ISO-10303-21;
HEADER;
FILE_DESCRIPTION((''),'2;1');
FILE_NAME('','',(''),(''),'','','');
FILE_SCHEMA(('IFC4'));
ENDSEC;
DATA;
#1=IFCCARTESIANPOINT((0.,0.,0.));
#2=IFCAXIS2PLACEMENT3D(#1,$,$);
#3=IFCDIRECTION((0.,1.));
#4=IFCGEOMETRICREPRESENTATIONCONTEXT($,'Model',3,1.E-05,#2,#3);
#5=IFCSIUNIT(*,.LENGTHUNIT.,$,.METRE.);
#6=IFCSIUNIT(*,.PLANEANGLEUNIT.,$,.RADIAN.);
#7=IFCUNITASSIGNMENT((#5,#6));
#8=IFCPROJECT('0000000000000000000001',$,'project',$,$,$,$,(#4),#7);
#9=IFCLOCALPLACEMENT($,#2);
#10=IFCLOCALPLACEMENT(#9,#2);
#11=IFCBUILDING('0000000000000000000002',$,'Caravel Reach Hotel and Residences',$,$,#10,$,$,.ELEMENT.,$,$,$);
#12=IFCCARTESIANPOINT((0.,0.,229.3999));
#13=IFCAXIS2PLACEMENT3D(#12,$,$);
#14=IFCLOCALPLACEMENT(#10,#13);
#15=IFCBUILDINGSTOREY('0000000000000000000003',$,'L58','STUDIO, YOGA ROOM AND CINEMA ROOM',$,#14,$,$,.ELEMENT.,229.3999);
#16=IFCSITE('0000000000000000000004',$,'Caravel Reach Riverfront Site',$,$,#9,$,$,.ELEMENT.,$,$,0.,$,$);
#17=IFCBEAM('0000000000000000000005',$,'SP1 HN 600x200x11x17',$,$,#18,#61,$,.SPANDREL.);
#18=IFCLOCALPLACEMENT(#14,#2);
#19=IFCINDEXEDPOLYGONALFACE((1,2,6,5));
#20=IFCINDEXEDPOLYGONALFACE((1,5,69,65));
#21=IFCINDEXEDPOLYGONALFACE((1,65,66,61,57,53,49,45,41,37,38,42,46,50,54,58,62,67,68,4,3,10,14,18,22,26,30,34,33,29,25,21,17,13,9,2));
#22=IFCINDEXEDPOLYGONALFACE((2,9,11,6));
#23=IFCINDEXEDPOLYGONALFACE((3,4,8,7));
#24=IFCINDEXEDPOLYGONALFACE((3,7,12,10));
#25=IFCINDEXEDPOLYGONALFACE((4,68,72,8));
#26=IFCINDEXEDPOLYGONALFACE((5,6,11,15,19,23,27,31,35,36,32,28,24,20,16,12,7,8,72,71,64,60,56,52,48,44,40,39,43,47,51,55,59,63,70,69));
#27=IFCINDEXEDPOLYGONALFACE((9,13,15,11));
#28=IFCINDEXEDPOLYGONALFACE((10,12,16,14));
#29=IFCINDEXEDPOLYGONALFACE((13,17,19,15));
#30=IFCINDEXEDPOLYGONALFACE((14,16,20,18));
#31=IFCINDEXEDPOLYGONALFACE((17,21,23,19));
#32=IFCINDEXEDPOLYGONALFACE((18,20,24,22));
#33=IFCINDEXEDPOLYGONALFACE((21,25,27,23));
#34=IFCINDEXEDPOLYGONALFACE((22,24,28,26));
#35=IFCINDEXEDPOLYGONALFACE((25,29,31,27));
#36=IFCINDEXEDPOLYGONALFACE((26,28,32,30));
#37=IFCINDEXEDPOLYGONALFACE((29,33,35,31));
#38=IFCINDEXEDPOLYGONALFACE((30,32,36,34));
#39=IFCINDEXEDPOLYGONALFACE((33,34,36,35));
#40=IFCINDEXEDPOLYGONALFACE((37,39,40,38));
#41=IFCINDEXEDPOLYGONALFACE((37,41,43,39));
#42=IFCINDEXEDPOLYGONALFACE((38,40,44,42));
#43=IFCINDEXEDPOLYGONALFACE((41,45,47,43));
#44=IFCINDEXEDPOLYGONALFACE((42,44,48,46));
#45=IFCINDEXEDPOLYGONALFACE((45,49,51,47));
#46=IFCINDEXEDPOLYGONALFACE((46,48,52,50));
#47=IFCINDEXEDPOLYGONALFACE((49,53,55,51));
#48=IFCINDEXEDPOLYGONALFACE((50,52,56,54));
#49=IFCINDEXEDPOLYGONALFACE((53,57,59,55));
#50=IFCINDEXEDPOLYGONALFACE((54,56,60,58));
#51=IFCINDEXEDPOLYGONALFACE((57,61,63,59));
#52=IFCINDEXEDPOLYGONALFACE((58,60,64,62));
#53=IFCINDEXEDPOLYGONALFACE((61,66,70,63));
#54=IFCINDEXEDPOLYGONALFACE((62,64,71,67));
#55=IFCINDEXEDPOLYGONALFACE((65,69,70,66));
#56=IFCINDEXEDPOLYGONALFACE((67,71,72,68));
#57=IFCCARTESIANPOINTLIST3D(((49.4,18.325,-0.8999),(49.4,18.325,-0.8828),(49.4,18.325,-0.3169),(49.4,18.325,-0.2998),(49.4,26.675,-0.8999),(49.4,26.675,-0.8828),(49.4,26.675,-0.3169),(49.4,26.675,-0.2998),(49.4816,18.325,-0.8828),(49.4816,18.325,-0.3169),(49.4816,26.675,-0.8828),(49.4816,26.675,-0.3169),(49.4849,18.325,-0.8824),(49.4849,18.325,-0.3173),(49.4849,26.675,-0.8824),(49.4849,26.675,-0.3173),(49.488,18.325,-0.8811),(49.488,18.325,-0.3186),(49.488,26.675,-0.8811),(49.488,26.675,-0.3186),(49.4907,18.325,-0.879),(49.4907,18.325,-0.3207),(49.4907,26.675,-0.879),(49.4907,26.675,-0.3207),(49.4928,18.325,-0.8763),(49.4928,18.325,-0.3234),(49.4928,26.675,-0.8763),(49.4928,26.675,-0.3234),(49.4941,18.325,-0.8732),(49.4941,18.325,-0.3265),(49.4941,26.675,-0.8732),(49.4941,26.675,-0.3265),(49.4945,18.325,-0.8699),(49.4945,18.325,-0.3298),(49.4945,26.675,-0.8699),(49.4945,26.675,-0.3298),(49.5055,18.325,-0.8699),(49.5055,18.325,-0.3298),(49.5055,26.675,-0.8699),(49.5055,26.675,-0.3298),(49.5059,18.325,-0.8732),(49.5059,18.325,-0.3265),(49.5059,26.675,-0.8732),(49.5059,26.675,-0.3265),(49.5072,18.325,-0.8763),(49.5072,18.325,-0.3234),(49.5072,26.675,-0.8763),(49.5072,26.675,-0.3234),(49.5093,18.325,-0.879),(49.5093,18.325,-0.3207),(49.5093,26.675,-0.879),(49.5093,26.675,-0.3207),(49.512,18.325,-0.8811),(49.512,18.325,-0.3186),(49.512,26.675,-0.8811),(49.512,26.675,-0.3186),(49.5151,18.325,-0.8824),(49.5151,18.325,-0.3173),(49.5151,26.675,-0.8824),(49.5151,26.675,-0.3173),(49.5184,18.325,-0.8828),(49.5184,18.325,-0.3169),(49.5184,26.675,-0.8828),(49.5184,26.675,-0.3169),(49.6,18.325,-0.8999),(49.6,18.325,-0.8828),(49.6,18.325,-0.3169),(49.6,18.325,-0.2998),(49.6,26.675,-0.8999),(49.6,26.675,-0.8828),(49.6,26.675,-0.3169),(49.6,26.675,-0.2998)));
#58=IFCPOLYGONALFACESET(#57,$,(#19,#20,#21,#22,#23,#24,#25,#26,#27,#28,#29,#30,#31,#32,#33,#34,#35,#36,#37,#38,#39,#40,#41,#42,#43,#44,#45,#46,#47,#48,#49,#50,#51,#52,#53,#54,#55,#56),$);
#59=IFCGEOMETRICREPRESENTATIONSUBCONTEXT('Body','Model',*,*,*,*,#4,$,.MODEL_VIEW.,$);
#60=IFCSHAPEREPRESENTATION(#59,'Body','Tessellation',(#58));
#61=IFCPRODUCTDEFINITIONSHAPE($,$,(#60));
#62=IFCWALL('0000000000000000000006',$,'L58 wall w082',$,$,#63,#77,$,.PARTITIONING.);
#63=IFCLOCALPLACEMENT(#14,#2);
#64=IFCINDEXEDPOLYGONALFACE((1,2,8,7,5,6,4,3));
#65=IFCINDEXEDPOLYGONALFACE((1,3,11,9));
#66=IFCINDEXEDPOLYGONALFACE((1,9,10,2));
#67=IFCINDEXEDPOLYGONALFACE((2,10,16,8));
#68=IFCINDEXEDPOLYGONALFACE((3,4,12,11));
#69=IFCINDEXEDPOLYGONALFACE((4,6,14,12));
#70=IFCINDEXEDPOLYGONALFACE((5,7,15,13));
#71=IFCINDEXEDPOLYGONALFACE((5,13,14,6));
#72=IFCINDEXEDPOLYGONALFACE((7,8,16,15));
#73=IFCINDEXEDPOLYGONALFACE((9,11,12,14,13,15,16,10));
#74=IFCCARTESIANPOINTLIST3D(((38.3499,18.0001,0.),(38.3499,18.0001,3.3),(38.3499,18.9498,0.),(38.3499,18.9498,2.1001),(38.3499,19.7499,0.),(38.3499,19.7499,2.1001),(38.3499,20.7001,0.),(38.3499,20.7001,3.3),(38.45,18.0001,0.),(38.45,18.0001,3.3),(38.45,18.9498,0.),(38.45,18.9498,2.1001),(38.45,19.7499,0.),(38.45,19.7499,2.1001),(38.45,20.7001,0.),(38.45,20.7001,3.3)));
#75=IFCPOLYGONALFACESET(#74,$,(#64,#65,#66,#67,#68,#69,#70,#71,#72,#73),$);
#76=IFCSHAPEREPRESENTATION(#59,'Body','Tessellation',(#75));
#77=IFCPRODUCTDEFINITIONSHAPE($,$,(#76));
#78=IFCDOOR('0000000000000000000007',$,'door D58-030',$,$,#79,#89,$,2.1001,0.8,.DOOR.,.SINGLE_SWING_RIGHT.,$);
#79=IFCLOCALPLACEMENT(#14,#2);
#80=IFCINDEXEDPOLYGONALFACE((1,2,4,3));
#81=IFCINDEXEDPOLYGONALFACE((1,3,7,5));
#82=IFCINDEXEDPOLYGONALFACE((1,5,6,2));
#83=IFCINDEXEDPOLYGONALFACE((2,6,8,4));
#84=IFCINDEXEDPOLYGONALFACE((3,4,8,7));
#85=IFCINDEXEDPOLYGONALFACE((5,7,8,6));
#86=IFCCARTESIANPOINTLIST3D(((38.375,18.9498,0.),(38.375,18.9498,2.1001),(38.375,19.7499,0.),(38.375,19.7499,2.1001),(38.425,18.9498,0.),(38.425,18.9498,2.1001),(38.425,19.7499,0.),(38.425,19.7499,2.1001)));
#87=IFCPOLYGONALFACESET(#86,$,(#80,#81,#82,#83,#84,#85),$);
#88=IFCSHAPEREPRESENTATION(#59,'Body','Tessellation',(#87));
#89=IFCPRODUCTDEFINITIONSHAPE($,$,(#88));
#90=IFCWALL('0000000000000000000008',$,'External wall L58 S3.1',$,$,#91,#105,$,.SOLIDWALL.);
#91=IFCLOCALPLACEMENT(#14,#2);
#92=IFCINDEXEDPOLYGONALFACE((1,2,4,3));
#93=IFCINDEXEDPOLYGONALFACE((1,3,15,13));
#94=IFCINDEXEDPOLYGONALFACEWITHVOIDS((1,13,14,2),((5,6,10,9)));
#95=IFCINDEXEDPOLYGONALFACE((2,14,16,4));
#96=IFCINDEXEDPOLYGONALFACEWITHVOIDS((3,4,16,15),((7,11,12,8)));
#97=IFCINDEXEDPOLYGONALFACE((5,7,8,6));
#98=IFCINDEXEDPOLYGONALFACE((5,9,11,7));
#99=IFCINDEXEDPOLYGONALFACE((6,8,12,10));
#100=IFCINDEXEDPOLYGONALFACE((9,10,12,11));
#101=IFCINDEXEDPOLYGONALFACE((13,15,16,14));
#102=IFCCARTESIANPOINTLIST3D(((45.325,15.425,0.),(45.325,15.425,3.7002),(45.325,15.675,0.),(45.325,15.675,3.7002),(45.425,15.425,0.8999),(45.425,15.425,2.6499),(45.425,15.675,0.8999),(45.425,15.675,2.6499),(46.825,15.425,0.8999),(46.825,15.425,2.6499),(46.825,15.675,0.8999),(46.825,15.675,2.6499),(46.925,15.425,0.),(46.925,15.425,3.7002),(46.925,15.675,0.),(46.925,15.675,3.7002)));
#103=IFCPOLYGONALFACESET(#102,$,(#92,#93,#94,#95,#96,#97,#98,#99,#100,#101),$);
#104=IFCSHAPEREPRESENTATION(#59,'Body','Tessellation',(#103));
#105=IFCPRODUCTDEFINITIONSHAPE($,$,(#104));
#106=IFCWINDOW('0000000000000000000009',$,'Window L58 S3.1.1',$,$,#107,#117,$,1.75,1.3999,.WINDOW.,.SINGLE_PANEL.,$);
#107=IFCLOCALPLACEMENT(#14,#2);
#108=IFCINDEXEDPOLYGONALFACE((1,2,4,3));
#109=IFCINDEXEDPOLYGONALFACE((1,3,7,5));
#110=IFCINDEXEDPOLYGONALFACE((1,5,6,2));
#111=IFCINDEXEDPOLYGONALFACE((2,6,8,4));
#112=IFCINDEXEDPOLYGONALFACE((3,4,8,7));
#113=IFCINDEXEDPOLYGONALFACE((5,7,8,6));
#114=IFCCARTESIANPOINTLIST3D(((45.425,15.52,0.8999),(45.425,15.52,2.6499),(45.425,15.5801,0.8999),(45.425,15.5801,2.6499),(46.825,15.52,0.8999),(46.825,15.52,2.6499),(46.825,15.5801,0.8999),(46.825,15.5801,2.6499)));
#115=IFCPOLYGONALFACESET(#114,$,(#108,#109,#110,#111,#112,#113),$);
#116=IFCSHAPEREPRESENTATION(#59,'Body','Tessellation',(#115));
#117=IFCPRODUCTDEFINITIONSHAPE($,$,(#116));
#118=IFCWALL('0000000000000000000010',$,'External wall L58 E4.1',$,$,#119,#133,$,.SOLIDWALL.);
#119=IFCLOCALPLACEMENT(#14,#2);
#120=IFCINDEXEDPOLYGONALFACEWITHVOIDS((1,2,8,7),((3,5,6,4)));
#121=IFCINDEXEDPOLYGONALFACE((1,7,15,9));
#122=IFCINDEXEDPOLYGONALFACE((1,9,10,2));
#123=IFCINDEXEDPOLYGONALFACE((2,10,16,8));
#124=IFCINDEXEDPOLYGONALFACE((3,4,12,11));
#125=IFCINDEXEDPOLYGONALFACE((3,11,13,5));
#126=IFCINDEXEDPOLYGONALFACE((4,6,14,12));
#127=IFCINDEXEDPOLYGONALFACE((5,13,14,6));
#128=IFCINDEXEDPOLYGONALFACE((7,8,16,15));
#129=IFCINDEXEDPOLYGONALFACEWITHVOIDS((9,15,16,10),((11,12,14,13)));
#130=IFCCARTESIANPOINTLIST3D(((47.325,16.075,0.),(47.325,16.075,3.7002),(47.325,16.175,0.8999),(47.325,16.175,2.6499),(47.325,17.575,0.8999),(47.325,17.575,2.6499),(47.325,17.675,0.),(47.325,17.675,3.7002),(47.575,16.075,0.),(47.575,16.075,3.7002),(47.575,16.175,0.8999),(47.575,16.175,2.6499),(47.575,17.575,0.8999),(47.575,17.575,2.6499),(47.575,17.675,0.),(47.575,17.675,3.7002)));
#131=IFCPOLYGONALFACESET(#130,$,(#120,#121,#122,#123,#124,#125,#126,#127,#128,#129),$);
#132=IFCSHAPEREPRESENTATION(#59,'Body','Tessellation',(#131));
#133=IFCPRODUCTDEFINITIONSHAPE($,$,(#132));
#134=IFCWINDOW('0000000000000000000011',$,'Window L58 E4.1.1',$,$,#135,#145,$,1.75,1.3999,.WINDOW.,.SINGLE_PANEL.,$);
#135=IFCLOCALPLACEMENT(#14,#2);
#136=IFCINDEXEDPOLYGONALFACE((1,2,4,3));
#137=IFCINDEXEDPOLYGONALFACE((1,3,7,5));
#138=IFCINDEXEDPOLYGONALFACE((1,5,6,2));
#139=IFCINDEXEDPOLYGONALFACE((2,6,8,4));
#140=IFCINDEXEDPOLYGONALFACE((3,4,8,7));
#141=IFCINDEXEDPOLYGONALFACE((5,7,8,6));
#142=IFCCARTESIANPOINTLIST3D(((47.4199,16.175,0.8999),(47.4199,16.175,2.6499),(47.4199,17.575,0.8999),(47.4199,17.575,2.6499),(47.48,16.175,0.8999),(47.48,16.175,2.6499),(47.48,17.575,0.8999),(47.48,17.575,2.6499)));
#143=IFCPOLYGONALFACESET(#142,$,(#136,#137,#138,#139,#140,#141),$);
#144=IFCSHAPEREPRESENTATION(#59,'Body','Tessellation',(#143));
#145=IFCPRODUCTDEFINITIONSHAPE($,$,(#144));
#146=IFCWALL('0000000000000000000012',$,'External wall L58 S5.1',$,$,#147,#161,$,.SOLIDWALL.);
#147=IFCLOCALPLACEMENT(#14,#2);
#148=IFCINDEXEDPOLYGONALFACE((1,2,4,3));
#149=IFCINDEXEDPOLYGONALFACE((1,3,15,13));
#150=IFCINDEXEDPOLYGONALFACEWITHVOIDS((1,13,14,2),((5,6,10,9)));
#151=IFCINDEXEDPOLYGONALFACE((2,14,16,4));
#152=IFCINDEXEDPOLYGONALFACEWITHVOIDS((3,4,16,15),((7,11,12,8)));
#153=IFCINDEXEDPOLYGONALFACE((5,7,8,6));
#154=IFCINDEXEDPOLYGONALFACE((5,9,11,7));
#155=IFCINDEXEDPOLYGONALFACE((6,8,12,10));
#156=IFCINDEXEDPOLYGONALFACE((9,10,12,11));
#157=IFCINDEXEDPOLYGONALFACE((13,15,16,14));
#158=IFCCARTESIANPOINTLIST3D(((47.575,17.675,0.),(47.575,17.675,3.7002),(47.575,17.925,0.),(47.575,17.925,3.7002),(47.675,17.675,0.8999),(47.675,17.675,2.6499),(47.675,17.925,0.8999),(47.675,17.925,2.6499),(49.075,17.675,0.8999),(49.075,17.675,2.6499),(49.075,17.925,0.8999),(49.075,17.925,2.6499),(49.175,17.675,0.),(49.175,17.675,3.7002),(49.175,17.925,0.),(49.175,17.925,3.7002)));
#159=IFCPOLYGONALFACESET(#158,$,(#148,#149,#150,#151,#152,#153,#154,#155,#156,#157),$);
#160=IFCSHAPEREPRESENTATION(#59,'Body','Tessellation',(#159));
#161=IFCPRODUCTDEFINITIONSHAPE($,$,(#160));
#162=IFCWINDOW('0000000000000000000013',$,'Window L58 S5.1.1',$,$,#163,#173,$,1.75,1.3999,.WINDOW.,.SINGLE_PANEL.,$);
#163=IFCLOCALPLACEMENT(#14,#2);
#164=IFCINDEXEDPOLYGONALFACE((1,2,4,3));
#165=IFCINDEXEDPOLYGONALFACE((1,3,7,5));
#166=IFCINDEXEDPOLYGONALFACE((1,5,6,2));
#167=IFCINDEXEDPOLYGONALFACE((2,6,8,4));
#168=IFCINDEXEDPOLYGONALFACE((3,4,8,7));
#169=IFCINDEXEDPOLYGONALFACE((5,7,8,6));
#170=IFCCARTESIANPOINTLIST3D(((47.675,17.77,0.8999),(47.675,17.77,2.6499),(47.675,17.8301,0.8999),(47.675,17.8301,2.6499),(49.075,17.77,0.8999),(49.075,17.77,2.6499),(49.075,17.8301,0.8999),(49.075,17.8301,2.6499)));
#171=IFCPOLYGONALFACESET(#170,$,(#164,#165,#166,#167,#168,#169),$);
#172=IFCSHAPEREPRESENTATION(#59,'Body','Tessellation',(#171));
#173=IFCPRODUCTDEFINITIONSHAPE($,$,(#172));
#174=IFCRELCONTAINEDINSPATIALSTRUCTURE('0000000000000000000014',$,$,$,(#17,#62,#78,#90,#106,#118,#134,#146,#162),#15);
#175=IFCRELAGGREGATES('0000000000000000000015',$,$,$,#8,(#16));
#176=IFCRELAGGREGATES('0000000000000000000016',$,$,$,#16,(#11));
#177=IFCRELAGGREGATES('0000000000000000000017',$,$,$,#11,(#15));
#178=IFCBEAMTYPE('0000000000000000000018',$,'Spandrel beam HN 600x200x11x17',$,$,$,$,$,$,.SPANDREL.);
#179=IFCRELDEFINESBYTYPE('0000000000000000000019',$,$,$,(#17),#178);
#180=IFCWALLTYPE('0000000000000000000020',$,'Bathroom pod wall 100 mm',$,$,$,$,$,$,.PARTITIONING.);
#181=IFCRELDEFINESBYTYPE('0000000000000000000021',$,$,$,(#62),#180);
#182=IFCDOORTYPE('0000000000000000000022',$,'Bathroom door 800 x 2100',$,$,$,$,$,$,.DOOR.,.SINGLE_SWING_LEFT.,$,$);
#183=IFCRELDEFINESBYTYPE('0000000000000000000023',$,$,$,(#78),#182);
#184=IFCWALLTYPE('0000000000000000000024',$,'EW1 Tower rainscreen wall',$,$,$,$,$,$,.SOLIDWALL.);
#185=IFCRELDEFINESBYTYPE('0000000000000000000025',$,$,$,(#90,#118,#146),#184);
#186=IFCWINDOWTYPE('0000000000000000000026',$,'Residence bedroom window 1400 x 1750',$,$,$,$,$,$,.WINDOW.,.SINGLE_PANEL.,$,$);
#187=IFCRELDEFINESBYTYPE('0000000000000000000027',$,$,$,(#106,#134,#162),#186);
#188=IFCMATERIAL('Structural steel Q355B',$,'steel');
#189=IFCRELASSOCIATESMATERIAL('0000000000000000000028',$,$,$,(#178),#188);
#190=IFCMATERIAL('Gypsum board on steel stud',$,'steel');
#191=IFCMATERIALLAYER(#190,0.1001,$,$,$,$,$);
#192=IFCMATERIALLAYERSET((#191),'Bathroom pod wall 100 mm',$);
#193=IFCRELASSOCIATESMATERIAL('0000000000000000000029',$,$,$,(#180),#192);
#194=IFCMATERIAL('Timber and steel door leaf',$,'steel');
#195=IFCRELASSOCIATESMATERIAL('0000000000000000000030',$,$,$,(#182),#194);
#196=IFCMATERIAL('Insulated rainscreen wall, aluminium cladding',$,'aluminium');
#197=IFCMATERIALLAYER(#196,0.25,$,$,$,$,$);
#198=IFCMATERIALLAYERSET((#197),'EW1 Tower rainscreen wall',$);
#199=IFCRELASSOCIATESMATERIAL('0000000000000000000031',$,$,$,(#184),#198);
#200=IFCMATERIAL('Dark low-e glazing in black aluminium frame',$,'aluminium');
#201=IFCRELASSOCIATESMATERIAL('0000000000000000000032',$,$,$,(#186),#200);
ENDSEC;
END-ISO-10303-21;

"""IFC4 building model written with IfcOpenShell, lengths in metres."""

from ifc_helpers import new_model, si_unit, direction, frame, frame_2d, origin, origin_2d, place, context, subcontext, project, spatial, rectangle, i_section, extrude, material, layer, layer_set, material_profile, profile_set, type_object, element, fill, save


model = new_model("IFC4")

# Units and contexts
model_context = context("Model", 3, precision=1e-05, world=origin(), true_north=direction((0.0, 1.0)))
body_context = subcontext(model_context, "Body", "Model", "MODEL_VIEW")
ifc_project = project(units=[si_unit("LENGTHUNIT", "METRE"), si_unit("PLANEANGLEUNIT", "RADIAN")], contexts=[model_context])

# Site, building, storey
site_placement = place(None, origin())
site = spatial("IfcSite", under=ifc_project, at=site_placement, Name="Caravel Reach Riverfront Site", CompositionType="ELEMENT", RefElevation=0.0)
building_placement = place(site_placement, origin())
building = spatial("IfcBuilding", under=site, at=building_placement, Name="Caravel Reach Hotel and Residences", CompositionType="ELEMENT")
storey_placement = place(building_placement, frame((0.0, 0.0, 229.3999)))
storey = spatial("IfcBuildingStorey", under=building, at=storey_placement, Name="L58", Description="STUDIO, YOGA ROOM AND CINEMA ROOM", CompositionType="ELEMENT", Elevation=229.3999)

# Beam
ifc_material_1 = material(Name="Structural steel Q355B", Category="steel")
ifc_material_profile_1 = material_profile(ifc_material_1, i_section(OverallWidth=0.2, OverallDepth=0.6001, WebThickness=0.011, FlangeThickness=0.0171, FilletRadius=0.0129, at=origin_2d()), Name="HN 600x200x11x17")
ifc_profile_set_1 = profile_set([ifc_material_profile_1], Name="Structural steel Q355B")
beam_type = type_object("IfcBeamType", Name="Spandrel beam HN 600x200x11x17", PredefinedType="SPANDREL", material=ifc_profile_set_1)
beam_placement = place(storey_placement, frame((49.5, 18.325, -0.5999), z_axis=(0.0, 1.0, 0.0), x_axis=(-1.0, 0.0, 0.0)))
element("IfcBeam", 1, at=beam_placement, inside=storey, type_object=beam_type, Name="SP1 HN 600x200x11x17", PredefinedType="SPANDREL", context=body_context, shape_type="SweptSolid", body=[
    extrude(i_section(OverallWidth=0.2, OverallDepth=0.6001, WebThickness=0.011, FlangeThickness=0.0171, FilletRadius=0.0129, at=origin_2d()), origin(), (0.0, 0.0, 1.0), 8.3501),
])

# Wall, opening, door
ifc_material_2 = material(Name="Gypsum board on steel stud", Category="steel")
ifc_layer_1 = layer(ifc_material_2, 0.1001)
ifc_layer_set_1 = layer_set([ifc_layer_1], Name="Bathroom pod wall 100 mm")
wall_type_1 = type_object("IfcWallType", Name="Bathroom pod wall 100 mm", PredefinedType="PARTITIONING", material=ifc_layer_set_1)
wall_1_placement = place(storey_placement, frame((38.3999, 18.0, 0.0), z_axis=(0.0, 0.0, 1.0), x_axis=(0.0, 1.0, 0.0)))
wall_1 = element("IfcWall", 2, at=wall_1_placement, inside=storey, type_object=wall_type_1, Name="L58 wall w082", PredefinedType="PARTITIONING", context=body_context, shape_type="SweptSolid", body=[
    extrude(rectangle(XDim=2.7, YDim=0.1001, at=frame_2d((1.3501, 0.0))), origin(), (0.0, 0.0, 1.0), 3.3),
])
opening_1_placement = place(wall_1_placement, frame((0.95, 0.0, 0.0)))
opening_1 = element("IfcOpeningElement", 3, at=opening_1_placement, cuts=wall_1, PredefinedType="OPENING", context=body_context, shape_type="SweptSolid", body=[
    extrude(rectangle(XDim=0.8, YDim=2.1001, at=frame_2d((0.3999, 1.05))), frame((0.0, 0.0601, 0.0), z_axis=(0.0, -1.0, 0.0), x_axis=(1.0, 0.0, 0.0)), (0.0, 0.0, 1.0), 0.1201),
])
ifc_material_3 = material(Name="Timber and steel door leaf", Category="steel")
door_type_1 = type_object("IfcDoorType", Name="Bathroom door 800 x 2100", OperationType="SINGLE_SWING_LEFT", PredefinedType="DOOR", material=ifc_material_3)
door_1_placement = place(opening_1_placement, origin())
door_1 = element("IfcDoor", 4, at=door_1_placement, inside=storey, type_object=door_type_1, Name="door D58-030", OperationType="SINGLE_SWING_RIGHT", OverallHeight=2.1001, OverallWidth=0.8, PredefinedType="DOOR", context=body_context, shape_type="SweptSolid", body=[
    extrude(rectangle(XDim=0.8, YDim=2.1001, at=frame_2d((0.3999, 1.05))), frame((0.0, 0.0249, 0.0), z_axis=(0.0, -1.0, 0.0), x_axis=(1.0, 0.0, 0.0)), (0.0, 0.0, 1.0), 0.05),
])
fill(opening_1, door_1)

# Walls, openings, windows
ifc_material_4 = material(Name="Insulated rainscreen wall, aluminium cladding", Category="aluminium")
ifc_layer_2 = layer(ifc_material_4, 0.25)
ifc_layer_set_2 = layer_set([ifc_layer_2], Name="EW1 Tower rainscreen wall")
wall_type_2 = type_object("IfcWallType", Name="EW1 Tower rainscreen wall", PredefinedType="SOLIDWALL", material=ifc_layer_set_2)
wall_2_placement = place(storey_placement, frame((45.325, 15.55, 0.0), z_axis=(0.0, 0.0, 1.0), x_axis=(1.0, 0.0, 0.0)))
wall_2 = element("IfcWall", 5, at=wall_2_placement, inside=storey, type_object=wall_type_2, Name="External wall L58 S3.1", PredefinedType="SOLIDWALL", context=body_context, shape_type="SweptSolid", body=[
    extrude(rectangle(XDim=1.6001, YDim=0.25, at=frame_2d((0.8, 0.0))), origin(), (0.0, 0.0, 1.0), 3.7002),
])
opening_2_placement = place(wall_2_placement, frame((0.1001, 0.0, 0.8999)))
opening_2 = element("IfcOpeningElement", 6, at=opening_2_placement, cuts=wall_2, PredefinedType="OPENING", context=body_context, shape_type="SweptSolid", body=[
    extrude(rectangle(XDim=1.3999, YDim=1.75, at=frame_2d((0.7, 0.875))), frame((0.0, 0.135, 0.0), z_axis=(0.0, -1.0, 0.0), x_axis=(1.0, 0.0, 0.0)), (0.0, 0.0, 1.0), 0.27),
])
ifc_material_5 = material(Name="Dark low-e glazing in black aluminium frame", Category="aluminium")
window_type_1 = type_object("IfcWindowType", Name="Residence bedroom window 1400 x 1750", PartitioningType="SINGLE_PANEL", PredefinedType="WINDOW", material=ifc_material_5)
window_1_placement = place(opening_2_placement, origin())
window_1 = element("IfcWindow", 7, at=window_1_placement, inside=storey, type_object=window_type_1, Name="Window L58 S3.1.1", OverallHeight=1.75, OverallWidth=1.3999, PartitioningType="SINGLE_PANEL", PredefinedType="WINDOW", context=body_context, shape_type="SweptSolid", body=[
    extrude(rectangle(XDim=1.3999, YDim=1.75, at=frame_2d((0.7, 0.875))), frame((0.0, 0.03, 0.0), z_axis=(0.0, -1.0, 0.0), x_axis=(1.0, 0.0, 0.0)), (0.0, 0.0, 1.0), 0.0601),
])
fill(opening_2, window_1)
wall_3_placement = place(storey_placement, frame((47.45, 16.075, 0.0), z_axis=(0.0, 0.0, 1.0), x_axis=(0.0, 1.0, 0.0)))
wall_3 = element("IfcWall", 8, at=wall_3_placement, inside=storey, type_object=wall_type_2, Name="External wall L58 E4.1", PredefinedType="SOLIDWALL", context=body_context, shape_type="SweptSolid", body=[
    extrude(rectangle(XDim=1.6001, YDim=0.25, at=frame_2d((0.8, 0.0))), origin(), (0.0, 0.0, 1.0), 3.7002),
])
opening_3_placement = place(wall_3_placement, frame((0.1001, 0.0, 0.8999)))
opening_3 = element("IfcOpeningElement", 9, at=opening_3_placement, cuts=wall_3, PredefinedType="OPENING", context=body_context, shape_type="SweptSolid", body=[
    extrude(rectangle(XDim=1.3999, YDim=1.75, at=frame_2d((0.7, 0.875))), frame((0.0, 0.135, 0.0), z_axis=(0.0, -1.0, 0.0), x_axis=(1.0, 0.0, 0.0)), (0.0, 0.0, 1.0), 0.27),
])
window_2_placement = place(opening_3_placement, origin())
window_2 = element("IfcWindow", 10, at=window_2_placement, inside=storey, type_object=window_type_1, Name="Window L58 E4.1.1", OverallHeight=1.75, OverallWidth=1.3999, PartitioningType="SINGLE_PANEL", PredefinedType="WINDOW", context=body_context, shape_type="SweptSolid", body=[
    extrude(rectangle(XDim=1.3999, YDim=1.75, at=frame_2d((0.7, 0.875))), frame((0.0, 0.03, 0.0), z_axis=(0.0, -1.0, 0.0), x_axis=(1.0, 0.0, 0.0)), (0.0, 0.0, 1.0), 0.0601),
])
fill(opening_3, window_2)
wall_4_placement = place(storey_placement, frame((47.575, 17.8, 0.0), z_axis=(0.0, 0.0, 1.0), x_axis=(1.0, 0.0, 0.0)))
wall_4 = element("IfcWall", 11, at=wall_4_placement, inside=storey, type_object=wall_type_2, Name="External wall L58 S5.1", PredefinedType="SOLIDWALL", context=body_context, shape_type="SweptSolid", body=[
    extrude(rectangle(XDim=1.6001, YDim=0.25, at=frame_2d((0.8, 0.0))), origin(), (0.0, 0.0, 1.0), 3.7002),
])
opening_4_placement = place(wall_4_placement, frame((0.1001, 0.0, 0.8999)))
opening_4 = element("IfcOpeningElement", 12, at=opening_4_placement, cuts=wall_4, PredefinedType="OPENING", context=body_context, shape_type="SweptSolid", body=[
    extrude(rectangle(XDim=1.3999, YDim=1.75, at=frame_2d((0.7, 0.875))), frame((0.0, 0.135, 0.0), z_axis=(0.0, -1.0, 0.0), x_axis=(1.0, 0.0, 0.0)), (0.0, 0.0, 1.0), 0.27),
])
window_3_placement = place(opening_4_placement, origin())
window_3 = element("IfcWindow", 13, at=window_3_placement, inside=storey, type_object=window_type_1, Name="Window L58 S5.1.1", OverallHeight=1.75, OverallWidth=1.3999, PartitioningType="SINGLE_PANEL", PredefinedType="WINDOW", context=body_context, shape_type="SweptSolid", body=[
    extrude(rectangle(XDim=1.3999, YDim=1.75, at=frame_2d((0.7, 0.875))), frame((0.0, 0.03, 0.0), z_axis=(0.0, -1.0, 0.0), x_axis=(1.0, 0.0, 0.0)), (0.0, 0.0, 1.0), 0.0601),
])
fill(opening_4, window_3)

save(model, "model.ifc")
